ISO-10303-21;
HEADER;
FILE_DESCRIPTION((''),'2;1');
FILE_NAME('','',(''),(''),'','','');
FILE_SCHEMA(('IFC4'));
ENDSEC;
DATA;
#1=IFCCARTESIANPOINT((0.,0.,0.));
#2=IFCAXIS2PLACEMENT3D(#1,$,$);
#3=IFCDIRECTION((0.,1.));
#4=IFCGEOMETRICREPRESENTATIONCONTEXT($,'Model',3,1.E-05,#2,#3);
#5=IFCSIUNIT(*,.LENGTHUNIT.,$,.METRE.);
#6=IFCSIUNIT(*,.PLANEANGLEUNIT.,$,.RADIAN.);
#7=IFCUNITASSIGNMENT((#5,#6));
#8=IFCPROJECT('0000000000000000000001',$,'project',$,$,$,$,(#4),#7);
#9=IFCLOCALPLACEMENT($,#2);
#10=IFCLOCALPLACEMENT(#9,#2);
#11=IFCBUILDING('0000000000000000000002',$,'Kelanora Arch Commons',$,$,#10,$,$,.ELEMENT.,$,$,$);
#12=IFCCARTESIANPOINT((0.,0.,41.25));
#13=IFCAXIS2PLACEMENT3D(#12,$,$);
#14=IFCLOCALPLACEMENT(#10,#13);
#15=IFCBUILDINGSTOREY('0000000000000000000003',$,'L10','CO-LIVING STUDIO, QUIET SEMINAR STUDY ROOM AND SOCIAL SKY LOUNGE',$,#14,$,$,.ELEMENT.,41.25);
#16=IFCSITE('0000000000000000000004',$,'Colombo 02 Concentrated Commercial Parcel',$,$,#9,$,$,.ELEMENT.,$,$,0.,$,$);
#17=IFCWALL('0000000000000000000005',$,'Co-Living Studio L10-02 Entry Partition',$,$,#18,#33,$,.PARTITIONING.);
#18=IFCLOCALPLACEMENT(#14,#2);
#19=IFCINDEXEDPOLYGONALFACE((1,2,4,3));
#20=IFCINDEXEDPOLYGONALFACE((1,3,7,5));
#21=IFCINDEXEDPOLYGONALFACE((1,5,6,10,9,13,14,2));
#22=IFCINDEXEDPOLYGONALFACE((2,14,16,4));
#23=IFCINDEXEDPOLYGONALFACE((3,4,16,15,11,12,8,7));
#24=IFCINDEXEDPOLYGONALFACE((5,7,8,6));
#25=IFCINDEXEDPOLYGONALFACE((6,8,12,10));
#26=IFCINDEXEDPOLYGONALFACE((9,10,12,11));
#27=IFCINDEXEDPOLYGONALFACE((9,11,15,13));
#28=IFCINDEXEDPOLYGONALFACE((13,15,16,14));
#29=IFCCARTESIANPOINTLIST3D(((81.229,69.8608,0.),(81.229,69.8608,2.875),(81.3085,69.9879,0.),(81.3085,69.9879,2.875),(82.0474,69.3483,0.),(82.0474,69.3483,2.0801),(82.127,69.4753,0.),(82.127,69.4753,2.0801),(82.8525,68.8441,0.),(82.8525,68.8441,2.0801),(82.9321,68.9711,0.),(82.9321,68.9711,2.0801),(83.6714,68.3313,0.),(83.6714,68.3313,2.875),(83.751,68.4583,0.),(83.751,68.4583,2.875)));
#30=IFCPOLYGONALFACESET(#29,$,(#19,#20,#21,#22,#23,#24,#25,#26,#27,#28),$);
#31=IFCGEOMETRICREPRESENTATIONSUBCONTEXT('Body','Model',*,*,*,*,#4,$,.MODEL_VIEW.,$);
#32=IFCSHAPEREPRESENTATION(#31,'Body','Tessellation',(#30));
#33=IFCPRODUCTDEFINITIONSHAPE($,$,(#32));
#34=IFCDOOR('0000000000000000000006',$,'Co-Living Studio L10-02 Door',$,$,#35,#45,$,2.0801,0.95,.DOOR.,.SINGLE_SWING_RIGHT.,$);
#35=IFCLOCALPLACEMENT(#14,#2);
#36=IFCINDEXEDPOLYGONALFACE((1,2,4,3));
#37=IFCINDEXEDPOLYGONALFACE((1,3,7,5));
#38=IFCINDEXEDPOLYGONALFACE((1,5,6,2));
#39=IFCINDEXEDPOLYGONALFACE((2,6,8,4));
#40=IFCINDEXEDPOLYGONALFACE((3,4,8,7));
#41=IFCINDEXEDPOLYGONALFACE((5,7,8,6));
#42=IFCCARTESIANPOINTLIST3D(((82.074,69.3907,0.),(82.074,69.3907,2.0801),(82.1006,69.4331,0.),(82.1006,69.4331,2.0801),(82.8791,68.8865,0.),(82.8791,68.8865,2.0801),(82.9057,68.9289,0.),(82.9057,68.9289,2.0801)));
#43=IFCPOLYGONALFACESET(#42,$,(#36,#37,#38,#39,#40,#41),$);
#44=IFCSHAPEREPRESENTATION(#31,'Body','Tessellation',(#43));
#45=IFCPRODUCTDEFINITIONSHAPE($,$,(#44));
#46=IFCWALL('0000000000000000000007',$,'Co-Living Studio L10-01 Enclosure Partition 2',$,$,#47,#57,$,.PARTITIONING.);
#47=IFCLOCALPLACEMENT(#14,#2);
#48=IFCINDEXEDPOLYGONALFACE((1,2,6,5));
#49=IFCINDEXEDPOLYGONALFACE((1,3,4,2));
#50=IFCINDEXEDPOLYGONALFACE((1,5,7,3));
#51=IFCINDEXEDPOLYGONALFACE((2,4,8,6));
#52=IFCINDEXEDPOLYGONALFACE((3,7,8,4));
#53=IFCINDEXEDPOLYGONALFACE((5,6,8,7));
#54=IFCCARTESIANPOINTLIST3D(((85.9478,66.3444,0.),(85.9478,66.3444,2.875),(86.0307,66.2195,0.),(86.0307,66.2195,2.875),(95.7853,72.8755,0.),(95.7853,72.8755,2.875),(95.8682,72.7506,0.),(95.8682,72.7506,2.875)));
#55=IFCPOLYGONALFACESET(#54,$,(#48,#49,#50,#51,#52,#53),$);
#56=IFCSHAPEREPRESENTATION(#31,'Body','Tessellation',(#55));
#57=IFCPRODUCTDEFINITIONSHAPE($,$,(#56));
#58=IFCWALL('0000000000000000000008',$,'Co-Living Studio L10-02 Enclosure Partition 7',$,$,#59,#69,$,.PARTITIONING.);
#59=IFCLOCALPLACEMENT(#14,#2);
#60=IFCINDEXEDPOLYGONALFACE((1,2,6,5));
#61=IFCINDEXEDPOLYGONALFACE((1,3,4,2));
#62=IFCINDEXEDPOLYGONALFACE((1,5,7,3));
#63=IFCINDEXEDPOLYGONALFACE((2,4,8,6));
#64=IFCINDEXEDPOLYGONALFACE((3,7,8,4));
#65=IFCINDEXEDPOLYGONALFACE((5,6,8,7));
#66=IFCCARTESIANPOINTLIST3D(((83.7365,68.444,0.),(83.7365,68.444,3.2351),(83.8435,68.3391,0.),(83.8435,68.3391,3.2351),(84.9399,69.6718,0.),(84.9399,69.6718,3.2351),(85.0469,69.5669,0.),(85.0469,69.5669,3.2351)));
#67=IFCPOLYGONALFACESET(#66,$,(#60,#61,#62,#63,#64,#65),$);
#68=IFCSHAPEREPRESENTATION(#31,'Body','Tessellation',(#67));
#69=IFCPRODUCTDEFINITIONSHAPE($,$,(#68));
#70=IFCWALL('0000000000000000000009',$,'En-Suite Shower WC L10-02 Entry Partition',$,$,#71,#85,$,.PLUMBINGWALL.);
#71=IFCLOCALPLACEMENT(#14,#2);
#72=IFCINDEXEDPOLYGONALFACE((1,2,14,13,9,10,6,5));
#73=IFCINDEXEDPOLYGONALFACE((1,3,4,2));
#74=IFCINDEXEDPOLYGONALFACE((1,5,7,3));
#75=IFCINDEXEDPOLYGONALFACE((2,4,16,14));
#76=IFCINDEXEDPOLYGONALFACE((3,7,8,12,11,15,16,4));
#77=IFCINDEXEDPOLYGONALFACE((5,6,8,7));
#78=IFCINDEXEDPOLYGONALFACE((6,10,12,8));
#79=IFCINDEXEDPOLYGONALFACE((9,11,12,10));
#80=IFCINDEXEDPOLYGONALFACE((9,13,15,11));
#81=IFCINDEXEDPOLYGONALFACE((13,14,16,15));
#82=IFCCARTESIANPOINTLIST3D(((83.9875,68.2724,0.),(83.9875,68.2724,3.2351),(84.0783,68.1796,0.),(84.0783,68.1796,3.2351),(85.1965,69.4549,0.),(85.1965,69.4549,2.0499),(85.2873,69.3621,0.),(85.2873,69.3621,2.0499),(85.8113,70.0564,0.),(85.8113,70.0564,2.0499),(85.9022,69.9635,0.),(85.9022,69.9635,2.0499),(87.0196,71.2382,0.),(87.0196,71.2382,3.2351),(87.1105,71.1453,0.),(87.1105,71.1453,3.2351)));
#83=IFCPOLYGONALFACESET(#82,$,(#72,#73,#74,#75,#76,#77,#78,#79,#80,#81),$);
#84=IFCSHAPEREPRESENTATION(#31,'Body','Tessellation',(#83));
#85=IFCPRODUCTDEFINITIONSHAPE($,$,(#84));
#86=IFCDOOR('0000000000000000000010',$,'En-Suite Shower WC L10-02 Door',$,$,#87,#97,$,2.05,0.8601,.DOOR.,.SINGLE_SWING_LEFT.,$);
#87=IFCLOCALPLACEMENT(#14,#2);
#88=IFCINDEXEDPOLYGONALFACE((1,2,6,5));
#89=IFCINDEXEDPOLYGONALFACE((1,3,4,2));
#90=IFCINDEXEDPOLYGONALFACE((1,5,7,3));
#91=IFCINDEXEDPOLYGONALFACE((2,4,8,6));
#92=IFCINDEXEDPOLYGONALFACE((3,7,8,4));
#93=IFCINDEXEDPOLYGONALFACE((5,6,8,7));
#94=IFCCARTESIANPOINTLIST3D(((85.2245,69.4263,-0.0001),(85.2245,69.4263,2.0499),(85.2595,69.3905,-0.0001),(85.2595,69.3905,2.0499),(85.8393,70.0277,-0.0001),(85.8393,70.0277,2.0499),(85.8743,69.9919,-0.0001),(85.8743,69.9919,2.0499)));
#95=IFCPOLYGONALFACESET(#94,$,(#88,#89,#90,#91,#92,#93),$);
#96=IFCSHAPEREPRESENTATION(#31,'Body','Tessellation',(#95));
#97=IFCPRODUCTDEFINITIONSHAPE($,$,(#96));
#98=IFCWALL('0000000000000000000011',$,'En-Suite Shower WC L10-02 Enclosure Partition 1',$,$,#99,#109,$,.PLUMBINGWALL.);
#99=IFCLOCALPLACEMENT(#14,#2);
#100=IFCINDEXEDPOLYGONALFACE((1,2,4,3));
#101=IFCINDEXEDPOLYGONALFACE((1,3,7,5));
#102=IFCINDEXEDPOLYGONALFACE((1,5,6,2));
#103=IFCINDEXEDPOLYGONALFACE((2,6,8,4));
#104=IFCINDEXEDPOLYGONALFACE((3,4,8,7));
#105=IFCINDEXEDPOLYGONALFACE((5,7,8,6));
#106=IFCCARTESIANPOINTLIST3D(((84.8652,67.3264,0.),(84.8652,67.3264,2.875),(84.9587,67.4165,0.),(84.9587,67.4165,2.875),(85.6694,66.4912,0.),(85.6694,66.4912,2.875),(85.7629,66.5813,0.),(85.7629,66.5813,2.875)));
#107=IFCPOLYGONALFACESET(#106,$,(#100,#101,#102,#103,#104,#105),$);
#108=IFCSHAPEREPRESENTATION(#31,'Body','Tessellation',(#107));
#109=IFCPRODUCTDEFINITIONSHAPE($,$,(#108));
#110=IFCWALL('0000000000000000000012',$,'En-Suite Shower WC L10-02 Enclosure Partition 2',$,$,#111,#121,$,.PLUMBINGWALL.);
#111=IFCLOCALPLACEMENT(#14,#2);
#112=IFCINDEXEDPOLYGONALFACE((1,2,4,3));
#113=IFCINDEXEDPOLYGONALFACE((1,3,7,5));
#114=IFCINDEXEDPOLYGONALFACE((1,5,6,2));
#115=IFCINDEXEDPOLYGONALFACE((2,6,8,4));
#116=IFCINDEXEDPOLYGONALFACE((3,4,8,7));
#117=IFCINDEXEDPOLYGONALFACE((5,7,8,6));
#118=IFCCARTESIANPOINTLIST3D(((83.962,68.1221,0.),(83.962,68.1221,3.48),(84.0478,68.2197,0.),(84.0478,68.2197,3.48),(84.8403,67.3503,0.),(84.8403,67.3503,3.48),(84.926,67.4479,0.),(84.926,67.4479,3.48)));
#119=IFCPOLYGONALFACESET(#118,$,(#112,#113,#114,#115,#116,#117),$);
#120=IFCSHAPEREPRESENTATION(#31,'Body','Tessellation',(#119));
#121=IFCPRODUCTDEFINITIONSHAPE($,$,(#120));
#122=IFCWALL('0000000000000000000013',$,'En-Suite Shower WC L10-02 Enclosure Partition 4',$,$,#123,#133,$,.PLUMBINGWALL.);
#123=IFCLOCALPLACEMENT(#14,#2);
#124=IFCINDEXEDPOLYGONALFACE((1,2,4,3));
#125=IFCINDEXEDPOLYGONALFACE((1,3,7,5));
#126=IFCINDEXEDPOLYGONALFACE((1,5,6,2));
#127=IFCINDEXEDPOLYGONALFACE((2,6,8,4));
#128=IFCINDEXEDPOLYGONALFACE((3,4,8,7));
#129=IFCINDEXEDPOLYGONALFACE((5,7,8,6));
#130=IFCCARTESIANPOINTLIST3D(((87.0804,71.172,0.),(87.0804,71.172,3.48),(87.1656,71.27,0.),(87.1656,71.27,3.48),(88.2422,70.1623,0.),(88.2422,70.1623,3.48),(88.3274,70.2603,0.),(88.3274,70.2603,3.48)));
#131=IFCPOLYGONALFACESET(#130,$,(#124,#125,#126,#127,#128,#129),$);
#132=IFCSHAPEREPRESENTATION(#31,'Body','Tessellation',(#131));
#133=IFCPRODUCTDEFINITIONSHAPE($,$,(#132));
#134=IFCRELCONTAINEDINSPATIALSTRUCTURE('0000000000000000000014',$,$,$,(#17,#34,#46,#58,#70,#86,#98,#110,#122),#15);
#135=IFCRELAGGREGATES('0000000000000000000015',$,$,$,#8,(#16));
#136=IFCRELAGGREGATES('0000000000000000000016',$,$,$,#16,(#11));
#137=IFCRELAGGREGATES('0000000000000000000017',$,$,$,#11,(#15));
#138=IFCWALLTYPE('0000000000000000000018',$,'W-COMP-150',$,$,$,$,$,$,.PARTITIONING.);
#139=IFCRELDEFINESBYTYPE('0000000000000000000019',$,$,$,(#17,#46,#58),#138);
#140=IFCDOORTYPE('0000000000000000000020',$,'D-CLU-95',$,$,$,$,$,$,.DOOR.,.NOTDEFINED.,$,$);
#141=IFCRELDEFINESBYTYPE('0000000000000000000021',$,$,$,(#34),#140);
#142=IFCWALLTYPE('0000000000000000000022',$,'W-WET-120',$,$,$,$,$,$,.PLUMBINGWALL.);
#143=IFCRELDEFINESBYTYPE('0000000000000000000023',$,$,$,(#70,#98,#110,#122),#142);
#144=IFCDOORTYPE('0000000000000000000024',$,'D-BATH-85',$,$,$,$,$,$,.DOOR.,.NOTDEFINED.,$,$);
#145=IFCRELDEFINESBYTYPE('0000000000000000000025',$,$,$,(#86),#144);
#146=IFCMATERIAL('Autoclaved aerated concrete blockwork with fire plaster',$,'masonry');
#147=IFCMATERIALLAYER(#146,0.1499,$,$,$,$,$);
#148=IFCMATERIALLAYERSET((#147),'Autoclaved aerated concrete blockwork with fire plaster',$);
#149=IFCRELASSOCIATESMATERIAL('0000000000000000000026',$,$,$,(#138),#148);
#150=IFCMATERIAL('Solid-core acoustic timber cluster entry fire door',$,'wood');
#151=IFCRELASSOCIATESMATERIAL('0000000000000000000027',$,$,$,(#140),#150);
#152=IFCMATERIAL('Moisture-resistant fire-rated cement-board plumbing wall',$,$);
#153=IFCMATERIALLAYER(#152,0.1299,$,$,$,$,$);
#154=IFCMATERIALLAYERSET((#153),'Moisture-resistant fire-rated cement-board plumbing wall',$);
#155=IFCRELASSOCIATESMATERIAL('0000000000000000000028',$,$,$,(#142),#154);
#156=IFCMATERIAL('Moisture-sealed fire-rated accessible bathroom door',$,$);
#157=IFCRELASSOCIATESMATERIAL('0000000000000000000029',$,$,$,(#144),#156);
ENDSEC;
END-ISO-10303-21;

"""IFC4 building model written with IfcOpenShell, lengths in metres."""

from ifc_helpers import new_model, si_unit, direction, frame, frame_2d, origin, place, context, subcontext, project, spatial, rectangle, extrude, material, layer, layer_set, type_object, element, fill, save


model = new_model("IFC4")

# Units and contexts
model_context = context("Model", 3, precision=1e-05, world=origin(), true_north=direction((0.0, 1.0)))
body_context = subcontext(model_context, "Body", "Model", "MODEL_VIEW")
ifc_project = project(units=[si_unit("LENGTHUNIT", "METRE"), si_unit("PLANEANGLEUNIT", "RADIAN")], contexts=[model_context])

# Site, building, storey
site_placement = place(None, origin())
site = spatial("IfcSite", under=ifc_project, at=site_placement, Name="Colombo 02 Concentrated Commercial Parcel", CompositionType="ELEMENT", RefElevation=0.0)
building_placement = place(site_placement, origin())
building = spatial("IfcBuilding", under=site, at=building_placement, Name="Kelanora Arch Commons", CompositionType="ELEMENT")
storey_placement = place(building_placement, frame((0.0, 0.0, 41.25)))
storey = spatial("IfcBuildingStorey", under=building, at=storey_placement, Name="L10", Description="CO-LIVING STUDIO, QUIET SEMINAR STUDY ROOM AND SOCIAL SKY LOUNGE", CompositionType="ELEMENT", Elevation=41.25)

# Wall, opening, door
ifc_material_1 = material(Name="Autoclaved aerated concrete blockwork with fire plaster", Category="masonry")
ifc_layer_1 = layer(ifc_material_1, 0.1499)
ifc_layer_set_1 = layer_set([ifc_layer_1], Name="Autoclaved aerated concrete blockwork with fire plaster")
wall_type_1 = type_object("IfcWallType", Name="W-COMP-150", PredefinedType="PARTITIONING", material=ifc_layer_set_1)
ifc_material_2 = material(Name="Solid-core acoustic timber cluster entry fire door", Category="wood")
door_type_1 = type_object("IfcDoorType", Name="D-CLU-95", OperationType="NOTDEFINED", PredefinedType="DOOR", material=ifc_material_2)
wall_1_placement = place(storey_placement, frame((83.7112, 68.3948, 0.0), z_axis=(0.0, 0.0, 1.0), x_axis=(-0.847522, 0.53076, 0.0)))
wall_1 = element("IfcWall", 1, at=wall_1_placement, inside=storey, type_object=wall_type_1, Name="Co-Living Studio L10-02 Entry Partition", PredefinedType="PARTITIONING", context=body_context, shape_type="SweptSolid", body=[
    extrude(rectangle(XDim=2.8818, YDim=0.1499, at=frame_2d((1.4409, 0.0))), origin(), (0.0, 0.0, 1.0), 2.875),
])
opening_1_placement = place(wall_1_placement, frame((0.9661, 0.0, 0.0)))
opening_1 = element("IfcOpeningElement", 2, at=opening_1_placement, cuts=wall_1, PredefinedType="OPENING", context=body_context, shape_type="SweptSolid", body=[
    extrude(rectangle(XDim=0.95, YDim=2.0801, at=frame_2d((0.4751, 1.04))), frame((0.0, 0.085, 0.0), z_axis=(0.0, -1.0, 0.0), x_axis=(1.0, 0.0, 0.0)), (0.0, 0.0, 1.0), 0.1699),
])
door_1_placement = place(opening_1_placement, origin())
door_1 = element("IfcDoor", 3, at=door_1_placement, inside=storey, type_object=door_type_1, Name="Co-Living Studio L10-02 Door", OperationType="SINGLE_SWING_RIGHT", OverallHeight=2.0801, OverallWidth=0.95, PredefinedType="DOOR", context=body_context, shape_type="SweptSolid", body=[
    extrude(rectangle(XDim=0.95, YDim=2.0801, at=frame_2d((0.4751, 1.04))), frame((0.0, 0.0249, 0.0), z_axis=(0.0, -1.0, 0.0), x_axis=(1.0, 0.0, 0.0)), (0.0, 0.0, 1.0), 0.05),
])
fill(opening_1, door_1)

# Walls
wall_2_placement = place(storey_placement, frame((85.9893, 66.282, 0.0), z_axis=(0.0, 0.0, 1.0), x_axis=(0.833114, 0.553101, 0.0)))
element("IfcWall", 4, at=wall_2_placement, inside=storey, type_object=wall_type_1, Name="Co-Living Studio L10-01 Enclosure Partition 2", PredefinedType="PARTITIONING", context=body_context, shape_type="SweptSolid", body=[
    extrude(rectangle(XDim=11.8081, YDim=0.1499, at=frame_2d((5.9041, 0.0))), origin(), (0.0, 0.0, 1.0), 2.875),
])
wall_3_placement = place(storey_placement, frame((84.9934, 69.6194, 0.0), z_axis=(0.0, 0.0, 1.0), x_axis=(-0.699971, -0.714172, 0.0)))
element("IfcWall", 5, at=wall_3_placement, inside=storey, type_object=wall_type_1, Name="Co-Living Studio L10-02 Enclosure Partition 7", PredefinedType="PARTITIONING", context=body_context, shape_type="SweptSolid", body=[
    extrude(rectangle(XDim=1.7192, YDim=0.1499, at=frame_2d((0.8596, 0.0))), origin(), (0.0, 0.0, 1.0), 3.2351),
])

# Wall, opening, door
ifc_material_3 = material(Name="Moisture-resistant fire-rated cement-board plumbing wall")
ifc_layer_2 = layer(ifc_material_3, 0.1299)
ifc_layer_set_2 = layer_set([ifc_layer_2], Name="Moisture-resistant fire-rated cement-board plumbing wall")
wall_type_2 = type_object("IfcWallType", Name="W-WET-120", PredefinedType="PLUMBINGWALL", material=ifc_layer_set_2)
wall_4_placement = place(storey_placement, frame((84.033, 68.2261, 0.0), z_axis=(0.0, 0.0, 1.0), x_axis=(0.714892, 0.699235, 0.0)))
wall_4 = element("IfcWall", 6, at=wall_4_placement, inside=storey, type_object=wall_type_2, Name="En-Suite Shower WC L10-02 Entry Partition", PredefinedType="PLUMBINGWALL", context=body_context, shape_type="SweptSolid", body=[
    extrude(rectangle(XDim=4.2415, YDim=0.1299, at=frame_2d((2.1206, 0.0))), origin(), (0.0, 0.0, 1.0), 3.2351),
])
opening_2_placement = place(wall_4_placement, frame((1.6909, 0.0, 0.0)))
opening_2 = element("IfcOpeningElement", 7, at=opening_2_placement, cuts=wall_4, PredefinedType="OPENING", context=body_context, shape_type="SweptSolid", body=[
    extrude(rectangle(XDim=0.8601, YDim=2.05, at=frame_2d((0.4302, 1.0249))), frame((0.0, 0.075, 0.0), z_axis=(0.0, -1.0, 0.0), x_axis=(1.0, 0.0, 0.0)), (0.0, 0.0, 1.0), 0.1499),
])
ifc_material_4 = material(Name="Moisture-sealed fire-rated accessible bathroom door")
door_type_2 = type_object("IfcDoorType", Name="D-BATH-85", OperationType="NOTDEFINED", PredefinedType="DOOR", material=ifc_material_4)
door_2_placement = place(opening_2_placement, origin())
door_2 = element("IfcDoor", 8, at=door_2_placement, inside=storey, type_object=door_type_2, Name="En-Suite Shower WC L10-02 Door", OperationType="SINGLE_SWING_LEFT", OverallHeight=2.05, OverallWidth=0.8601, PredefinedType="DOOR", context=body_context, shape_type="SweptSolid", body=[
    extrude(rectangle(XDim=0.8601, YDim=2.05, at=frame_2d((0.4302, 1.0249))), frame((0.0, 0.0249, 0.0), z_axis=(0.0, -1.0, 0.0), x_axis=(1.0, 0.0, 0.0)), (0.0, 0.0, 1.0), 0.05),
])
fill(opening_2, door_2)

# Walls
wall_5_placement = place(storey_placement, frame((85.7161, 66.5364, 0.0), z_axis=(0.0, 0.0, 1.0), x_axis=(-0.693609, 0.720351, 0.0)))
element("IfcWall", 9, at=wall_5_placement, inside=storey, type_object=wall_type_2, Name="En-Suite Shower WC L10-02 Enclosure Partition 1", PredefinedType="PLUMBINGWALL", context=body_context, shape_type="SweptSolid", body=[
    extrude(rectangle(XDim=1.1594, YDim=0.1299, at=frame_2d((0.5796, 0.0))), origin(), (0.0, 0.0, 1.0), 2.875),
])
wall_6_placement = place(storey_placement, frame((84.8831, 67.3992, 0.0), z_axis=(0.0, 0.0, 1.0), x_axis=(-0.751165, 0.660115, 0.0)))
element("IfcWall", 10, at=wall_6_placement, inside=storey, type_object=wall_type_2, Name="En-Suite Shower WC L10-02 Enclosure Partition 2", PredefinedType="PLUMBINGWALL", context=body_context, shape_type="SweptSolid", body=[
    extrude(rectangle(XDim=1.1692, YDim=0.1299, at=frame_2d((0.5845, 0.0))), origin(), (0.0, 0.0, 1.0), 3.48),
])
wall_7_placement = place(storey_placement, frame((87.123, 71.2209, 0.0), z_axis=(0.0, 0.0, 1.0), x_axis=(0.754783, -0.655975, 0.0)))
element("IfcWall", 11, at=wall_7_placement, inside=storey, type_object=wall_type_2, Name="En-Suite Shower WC L10-02 Enclosure Partition 4", PredefinedType="PLUMBINGWALL", context=body_context, shape_type="SweptSolid", body=[
    extrude(rectangle(XDim=1.5393, YDim=0.1299, at=frame_2d((0.7695, 0.0))), origin(), (0.0, 0.0, 1.0), 3.48),
])

save(model, "model.ifc")
